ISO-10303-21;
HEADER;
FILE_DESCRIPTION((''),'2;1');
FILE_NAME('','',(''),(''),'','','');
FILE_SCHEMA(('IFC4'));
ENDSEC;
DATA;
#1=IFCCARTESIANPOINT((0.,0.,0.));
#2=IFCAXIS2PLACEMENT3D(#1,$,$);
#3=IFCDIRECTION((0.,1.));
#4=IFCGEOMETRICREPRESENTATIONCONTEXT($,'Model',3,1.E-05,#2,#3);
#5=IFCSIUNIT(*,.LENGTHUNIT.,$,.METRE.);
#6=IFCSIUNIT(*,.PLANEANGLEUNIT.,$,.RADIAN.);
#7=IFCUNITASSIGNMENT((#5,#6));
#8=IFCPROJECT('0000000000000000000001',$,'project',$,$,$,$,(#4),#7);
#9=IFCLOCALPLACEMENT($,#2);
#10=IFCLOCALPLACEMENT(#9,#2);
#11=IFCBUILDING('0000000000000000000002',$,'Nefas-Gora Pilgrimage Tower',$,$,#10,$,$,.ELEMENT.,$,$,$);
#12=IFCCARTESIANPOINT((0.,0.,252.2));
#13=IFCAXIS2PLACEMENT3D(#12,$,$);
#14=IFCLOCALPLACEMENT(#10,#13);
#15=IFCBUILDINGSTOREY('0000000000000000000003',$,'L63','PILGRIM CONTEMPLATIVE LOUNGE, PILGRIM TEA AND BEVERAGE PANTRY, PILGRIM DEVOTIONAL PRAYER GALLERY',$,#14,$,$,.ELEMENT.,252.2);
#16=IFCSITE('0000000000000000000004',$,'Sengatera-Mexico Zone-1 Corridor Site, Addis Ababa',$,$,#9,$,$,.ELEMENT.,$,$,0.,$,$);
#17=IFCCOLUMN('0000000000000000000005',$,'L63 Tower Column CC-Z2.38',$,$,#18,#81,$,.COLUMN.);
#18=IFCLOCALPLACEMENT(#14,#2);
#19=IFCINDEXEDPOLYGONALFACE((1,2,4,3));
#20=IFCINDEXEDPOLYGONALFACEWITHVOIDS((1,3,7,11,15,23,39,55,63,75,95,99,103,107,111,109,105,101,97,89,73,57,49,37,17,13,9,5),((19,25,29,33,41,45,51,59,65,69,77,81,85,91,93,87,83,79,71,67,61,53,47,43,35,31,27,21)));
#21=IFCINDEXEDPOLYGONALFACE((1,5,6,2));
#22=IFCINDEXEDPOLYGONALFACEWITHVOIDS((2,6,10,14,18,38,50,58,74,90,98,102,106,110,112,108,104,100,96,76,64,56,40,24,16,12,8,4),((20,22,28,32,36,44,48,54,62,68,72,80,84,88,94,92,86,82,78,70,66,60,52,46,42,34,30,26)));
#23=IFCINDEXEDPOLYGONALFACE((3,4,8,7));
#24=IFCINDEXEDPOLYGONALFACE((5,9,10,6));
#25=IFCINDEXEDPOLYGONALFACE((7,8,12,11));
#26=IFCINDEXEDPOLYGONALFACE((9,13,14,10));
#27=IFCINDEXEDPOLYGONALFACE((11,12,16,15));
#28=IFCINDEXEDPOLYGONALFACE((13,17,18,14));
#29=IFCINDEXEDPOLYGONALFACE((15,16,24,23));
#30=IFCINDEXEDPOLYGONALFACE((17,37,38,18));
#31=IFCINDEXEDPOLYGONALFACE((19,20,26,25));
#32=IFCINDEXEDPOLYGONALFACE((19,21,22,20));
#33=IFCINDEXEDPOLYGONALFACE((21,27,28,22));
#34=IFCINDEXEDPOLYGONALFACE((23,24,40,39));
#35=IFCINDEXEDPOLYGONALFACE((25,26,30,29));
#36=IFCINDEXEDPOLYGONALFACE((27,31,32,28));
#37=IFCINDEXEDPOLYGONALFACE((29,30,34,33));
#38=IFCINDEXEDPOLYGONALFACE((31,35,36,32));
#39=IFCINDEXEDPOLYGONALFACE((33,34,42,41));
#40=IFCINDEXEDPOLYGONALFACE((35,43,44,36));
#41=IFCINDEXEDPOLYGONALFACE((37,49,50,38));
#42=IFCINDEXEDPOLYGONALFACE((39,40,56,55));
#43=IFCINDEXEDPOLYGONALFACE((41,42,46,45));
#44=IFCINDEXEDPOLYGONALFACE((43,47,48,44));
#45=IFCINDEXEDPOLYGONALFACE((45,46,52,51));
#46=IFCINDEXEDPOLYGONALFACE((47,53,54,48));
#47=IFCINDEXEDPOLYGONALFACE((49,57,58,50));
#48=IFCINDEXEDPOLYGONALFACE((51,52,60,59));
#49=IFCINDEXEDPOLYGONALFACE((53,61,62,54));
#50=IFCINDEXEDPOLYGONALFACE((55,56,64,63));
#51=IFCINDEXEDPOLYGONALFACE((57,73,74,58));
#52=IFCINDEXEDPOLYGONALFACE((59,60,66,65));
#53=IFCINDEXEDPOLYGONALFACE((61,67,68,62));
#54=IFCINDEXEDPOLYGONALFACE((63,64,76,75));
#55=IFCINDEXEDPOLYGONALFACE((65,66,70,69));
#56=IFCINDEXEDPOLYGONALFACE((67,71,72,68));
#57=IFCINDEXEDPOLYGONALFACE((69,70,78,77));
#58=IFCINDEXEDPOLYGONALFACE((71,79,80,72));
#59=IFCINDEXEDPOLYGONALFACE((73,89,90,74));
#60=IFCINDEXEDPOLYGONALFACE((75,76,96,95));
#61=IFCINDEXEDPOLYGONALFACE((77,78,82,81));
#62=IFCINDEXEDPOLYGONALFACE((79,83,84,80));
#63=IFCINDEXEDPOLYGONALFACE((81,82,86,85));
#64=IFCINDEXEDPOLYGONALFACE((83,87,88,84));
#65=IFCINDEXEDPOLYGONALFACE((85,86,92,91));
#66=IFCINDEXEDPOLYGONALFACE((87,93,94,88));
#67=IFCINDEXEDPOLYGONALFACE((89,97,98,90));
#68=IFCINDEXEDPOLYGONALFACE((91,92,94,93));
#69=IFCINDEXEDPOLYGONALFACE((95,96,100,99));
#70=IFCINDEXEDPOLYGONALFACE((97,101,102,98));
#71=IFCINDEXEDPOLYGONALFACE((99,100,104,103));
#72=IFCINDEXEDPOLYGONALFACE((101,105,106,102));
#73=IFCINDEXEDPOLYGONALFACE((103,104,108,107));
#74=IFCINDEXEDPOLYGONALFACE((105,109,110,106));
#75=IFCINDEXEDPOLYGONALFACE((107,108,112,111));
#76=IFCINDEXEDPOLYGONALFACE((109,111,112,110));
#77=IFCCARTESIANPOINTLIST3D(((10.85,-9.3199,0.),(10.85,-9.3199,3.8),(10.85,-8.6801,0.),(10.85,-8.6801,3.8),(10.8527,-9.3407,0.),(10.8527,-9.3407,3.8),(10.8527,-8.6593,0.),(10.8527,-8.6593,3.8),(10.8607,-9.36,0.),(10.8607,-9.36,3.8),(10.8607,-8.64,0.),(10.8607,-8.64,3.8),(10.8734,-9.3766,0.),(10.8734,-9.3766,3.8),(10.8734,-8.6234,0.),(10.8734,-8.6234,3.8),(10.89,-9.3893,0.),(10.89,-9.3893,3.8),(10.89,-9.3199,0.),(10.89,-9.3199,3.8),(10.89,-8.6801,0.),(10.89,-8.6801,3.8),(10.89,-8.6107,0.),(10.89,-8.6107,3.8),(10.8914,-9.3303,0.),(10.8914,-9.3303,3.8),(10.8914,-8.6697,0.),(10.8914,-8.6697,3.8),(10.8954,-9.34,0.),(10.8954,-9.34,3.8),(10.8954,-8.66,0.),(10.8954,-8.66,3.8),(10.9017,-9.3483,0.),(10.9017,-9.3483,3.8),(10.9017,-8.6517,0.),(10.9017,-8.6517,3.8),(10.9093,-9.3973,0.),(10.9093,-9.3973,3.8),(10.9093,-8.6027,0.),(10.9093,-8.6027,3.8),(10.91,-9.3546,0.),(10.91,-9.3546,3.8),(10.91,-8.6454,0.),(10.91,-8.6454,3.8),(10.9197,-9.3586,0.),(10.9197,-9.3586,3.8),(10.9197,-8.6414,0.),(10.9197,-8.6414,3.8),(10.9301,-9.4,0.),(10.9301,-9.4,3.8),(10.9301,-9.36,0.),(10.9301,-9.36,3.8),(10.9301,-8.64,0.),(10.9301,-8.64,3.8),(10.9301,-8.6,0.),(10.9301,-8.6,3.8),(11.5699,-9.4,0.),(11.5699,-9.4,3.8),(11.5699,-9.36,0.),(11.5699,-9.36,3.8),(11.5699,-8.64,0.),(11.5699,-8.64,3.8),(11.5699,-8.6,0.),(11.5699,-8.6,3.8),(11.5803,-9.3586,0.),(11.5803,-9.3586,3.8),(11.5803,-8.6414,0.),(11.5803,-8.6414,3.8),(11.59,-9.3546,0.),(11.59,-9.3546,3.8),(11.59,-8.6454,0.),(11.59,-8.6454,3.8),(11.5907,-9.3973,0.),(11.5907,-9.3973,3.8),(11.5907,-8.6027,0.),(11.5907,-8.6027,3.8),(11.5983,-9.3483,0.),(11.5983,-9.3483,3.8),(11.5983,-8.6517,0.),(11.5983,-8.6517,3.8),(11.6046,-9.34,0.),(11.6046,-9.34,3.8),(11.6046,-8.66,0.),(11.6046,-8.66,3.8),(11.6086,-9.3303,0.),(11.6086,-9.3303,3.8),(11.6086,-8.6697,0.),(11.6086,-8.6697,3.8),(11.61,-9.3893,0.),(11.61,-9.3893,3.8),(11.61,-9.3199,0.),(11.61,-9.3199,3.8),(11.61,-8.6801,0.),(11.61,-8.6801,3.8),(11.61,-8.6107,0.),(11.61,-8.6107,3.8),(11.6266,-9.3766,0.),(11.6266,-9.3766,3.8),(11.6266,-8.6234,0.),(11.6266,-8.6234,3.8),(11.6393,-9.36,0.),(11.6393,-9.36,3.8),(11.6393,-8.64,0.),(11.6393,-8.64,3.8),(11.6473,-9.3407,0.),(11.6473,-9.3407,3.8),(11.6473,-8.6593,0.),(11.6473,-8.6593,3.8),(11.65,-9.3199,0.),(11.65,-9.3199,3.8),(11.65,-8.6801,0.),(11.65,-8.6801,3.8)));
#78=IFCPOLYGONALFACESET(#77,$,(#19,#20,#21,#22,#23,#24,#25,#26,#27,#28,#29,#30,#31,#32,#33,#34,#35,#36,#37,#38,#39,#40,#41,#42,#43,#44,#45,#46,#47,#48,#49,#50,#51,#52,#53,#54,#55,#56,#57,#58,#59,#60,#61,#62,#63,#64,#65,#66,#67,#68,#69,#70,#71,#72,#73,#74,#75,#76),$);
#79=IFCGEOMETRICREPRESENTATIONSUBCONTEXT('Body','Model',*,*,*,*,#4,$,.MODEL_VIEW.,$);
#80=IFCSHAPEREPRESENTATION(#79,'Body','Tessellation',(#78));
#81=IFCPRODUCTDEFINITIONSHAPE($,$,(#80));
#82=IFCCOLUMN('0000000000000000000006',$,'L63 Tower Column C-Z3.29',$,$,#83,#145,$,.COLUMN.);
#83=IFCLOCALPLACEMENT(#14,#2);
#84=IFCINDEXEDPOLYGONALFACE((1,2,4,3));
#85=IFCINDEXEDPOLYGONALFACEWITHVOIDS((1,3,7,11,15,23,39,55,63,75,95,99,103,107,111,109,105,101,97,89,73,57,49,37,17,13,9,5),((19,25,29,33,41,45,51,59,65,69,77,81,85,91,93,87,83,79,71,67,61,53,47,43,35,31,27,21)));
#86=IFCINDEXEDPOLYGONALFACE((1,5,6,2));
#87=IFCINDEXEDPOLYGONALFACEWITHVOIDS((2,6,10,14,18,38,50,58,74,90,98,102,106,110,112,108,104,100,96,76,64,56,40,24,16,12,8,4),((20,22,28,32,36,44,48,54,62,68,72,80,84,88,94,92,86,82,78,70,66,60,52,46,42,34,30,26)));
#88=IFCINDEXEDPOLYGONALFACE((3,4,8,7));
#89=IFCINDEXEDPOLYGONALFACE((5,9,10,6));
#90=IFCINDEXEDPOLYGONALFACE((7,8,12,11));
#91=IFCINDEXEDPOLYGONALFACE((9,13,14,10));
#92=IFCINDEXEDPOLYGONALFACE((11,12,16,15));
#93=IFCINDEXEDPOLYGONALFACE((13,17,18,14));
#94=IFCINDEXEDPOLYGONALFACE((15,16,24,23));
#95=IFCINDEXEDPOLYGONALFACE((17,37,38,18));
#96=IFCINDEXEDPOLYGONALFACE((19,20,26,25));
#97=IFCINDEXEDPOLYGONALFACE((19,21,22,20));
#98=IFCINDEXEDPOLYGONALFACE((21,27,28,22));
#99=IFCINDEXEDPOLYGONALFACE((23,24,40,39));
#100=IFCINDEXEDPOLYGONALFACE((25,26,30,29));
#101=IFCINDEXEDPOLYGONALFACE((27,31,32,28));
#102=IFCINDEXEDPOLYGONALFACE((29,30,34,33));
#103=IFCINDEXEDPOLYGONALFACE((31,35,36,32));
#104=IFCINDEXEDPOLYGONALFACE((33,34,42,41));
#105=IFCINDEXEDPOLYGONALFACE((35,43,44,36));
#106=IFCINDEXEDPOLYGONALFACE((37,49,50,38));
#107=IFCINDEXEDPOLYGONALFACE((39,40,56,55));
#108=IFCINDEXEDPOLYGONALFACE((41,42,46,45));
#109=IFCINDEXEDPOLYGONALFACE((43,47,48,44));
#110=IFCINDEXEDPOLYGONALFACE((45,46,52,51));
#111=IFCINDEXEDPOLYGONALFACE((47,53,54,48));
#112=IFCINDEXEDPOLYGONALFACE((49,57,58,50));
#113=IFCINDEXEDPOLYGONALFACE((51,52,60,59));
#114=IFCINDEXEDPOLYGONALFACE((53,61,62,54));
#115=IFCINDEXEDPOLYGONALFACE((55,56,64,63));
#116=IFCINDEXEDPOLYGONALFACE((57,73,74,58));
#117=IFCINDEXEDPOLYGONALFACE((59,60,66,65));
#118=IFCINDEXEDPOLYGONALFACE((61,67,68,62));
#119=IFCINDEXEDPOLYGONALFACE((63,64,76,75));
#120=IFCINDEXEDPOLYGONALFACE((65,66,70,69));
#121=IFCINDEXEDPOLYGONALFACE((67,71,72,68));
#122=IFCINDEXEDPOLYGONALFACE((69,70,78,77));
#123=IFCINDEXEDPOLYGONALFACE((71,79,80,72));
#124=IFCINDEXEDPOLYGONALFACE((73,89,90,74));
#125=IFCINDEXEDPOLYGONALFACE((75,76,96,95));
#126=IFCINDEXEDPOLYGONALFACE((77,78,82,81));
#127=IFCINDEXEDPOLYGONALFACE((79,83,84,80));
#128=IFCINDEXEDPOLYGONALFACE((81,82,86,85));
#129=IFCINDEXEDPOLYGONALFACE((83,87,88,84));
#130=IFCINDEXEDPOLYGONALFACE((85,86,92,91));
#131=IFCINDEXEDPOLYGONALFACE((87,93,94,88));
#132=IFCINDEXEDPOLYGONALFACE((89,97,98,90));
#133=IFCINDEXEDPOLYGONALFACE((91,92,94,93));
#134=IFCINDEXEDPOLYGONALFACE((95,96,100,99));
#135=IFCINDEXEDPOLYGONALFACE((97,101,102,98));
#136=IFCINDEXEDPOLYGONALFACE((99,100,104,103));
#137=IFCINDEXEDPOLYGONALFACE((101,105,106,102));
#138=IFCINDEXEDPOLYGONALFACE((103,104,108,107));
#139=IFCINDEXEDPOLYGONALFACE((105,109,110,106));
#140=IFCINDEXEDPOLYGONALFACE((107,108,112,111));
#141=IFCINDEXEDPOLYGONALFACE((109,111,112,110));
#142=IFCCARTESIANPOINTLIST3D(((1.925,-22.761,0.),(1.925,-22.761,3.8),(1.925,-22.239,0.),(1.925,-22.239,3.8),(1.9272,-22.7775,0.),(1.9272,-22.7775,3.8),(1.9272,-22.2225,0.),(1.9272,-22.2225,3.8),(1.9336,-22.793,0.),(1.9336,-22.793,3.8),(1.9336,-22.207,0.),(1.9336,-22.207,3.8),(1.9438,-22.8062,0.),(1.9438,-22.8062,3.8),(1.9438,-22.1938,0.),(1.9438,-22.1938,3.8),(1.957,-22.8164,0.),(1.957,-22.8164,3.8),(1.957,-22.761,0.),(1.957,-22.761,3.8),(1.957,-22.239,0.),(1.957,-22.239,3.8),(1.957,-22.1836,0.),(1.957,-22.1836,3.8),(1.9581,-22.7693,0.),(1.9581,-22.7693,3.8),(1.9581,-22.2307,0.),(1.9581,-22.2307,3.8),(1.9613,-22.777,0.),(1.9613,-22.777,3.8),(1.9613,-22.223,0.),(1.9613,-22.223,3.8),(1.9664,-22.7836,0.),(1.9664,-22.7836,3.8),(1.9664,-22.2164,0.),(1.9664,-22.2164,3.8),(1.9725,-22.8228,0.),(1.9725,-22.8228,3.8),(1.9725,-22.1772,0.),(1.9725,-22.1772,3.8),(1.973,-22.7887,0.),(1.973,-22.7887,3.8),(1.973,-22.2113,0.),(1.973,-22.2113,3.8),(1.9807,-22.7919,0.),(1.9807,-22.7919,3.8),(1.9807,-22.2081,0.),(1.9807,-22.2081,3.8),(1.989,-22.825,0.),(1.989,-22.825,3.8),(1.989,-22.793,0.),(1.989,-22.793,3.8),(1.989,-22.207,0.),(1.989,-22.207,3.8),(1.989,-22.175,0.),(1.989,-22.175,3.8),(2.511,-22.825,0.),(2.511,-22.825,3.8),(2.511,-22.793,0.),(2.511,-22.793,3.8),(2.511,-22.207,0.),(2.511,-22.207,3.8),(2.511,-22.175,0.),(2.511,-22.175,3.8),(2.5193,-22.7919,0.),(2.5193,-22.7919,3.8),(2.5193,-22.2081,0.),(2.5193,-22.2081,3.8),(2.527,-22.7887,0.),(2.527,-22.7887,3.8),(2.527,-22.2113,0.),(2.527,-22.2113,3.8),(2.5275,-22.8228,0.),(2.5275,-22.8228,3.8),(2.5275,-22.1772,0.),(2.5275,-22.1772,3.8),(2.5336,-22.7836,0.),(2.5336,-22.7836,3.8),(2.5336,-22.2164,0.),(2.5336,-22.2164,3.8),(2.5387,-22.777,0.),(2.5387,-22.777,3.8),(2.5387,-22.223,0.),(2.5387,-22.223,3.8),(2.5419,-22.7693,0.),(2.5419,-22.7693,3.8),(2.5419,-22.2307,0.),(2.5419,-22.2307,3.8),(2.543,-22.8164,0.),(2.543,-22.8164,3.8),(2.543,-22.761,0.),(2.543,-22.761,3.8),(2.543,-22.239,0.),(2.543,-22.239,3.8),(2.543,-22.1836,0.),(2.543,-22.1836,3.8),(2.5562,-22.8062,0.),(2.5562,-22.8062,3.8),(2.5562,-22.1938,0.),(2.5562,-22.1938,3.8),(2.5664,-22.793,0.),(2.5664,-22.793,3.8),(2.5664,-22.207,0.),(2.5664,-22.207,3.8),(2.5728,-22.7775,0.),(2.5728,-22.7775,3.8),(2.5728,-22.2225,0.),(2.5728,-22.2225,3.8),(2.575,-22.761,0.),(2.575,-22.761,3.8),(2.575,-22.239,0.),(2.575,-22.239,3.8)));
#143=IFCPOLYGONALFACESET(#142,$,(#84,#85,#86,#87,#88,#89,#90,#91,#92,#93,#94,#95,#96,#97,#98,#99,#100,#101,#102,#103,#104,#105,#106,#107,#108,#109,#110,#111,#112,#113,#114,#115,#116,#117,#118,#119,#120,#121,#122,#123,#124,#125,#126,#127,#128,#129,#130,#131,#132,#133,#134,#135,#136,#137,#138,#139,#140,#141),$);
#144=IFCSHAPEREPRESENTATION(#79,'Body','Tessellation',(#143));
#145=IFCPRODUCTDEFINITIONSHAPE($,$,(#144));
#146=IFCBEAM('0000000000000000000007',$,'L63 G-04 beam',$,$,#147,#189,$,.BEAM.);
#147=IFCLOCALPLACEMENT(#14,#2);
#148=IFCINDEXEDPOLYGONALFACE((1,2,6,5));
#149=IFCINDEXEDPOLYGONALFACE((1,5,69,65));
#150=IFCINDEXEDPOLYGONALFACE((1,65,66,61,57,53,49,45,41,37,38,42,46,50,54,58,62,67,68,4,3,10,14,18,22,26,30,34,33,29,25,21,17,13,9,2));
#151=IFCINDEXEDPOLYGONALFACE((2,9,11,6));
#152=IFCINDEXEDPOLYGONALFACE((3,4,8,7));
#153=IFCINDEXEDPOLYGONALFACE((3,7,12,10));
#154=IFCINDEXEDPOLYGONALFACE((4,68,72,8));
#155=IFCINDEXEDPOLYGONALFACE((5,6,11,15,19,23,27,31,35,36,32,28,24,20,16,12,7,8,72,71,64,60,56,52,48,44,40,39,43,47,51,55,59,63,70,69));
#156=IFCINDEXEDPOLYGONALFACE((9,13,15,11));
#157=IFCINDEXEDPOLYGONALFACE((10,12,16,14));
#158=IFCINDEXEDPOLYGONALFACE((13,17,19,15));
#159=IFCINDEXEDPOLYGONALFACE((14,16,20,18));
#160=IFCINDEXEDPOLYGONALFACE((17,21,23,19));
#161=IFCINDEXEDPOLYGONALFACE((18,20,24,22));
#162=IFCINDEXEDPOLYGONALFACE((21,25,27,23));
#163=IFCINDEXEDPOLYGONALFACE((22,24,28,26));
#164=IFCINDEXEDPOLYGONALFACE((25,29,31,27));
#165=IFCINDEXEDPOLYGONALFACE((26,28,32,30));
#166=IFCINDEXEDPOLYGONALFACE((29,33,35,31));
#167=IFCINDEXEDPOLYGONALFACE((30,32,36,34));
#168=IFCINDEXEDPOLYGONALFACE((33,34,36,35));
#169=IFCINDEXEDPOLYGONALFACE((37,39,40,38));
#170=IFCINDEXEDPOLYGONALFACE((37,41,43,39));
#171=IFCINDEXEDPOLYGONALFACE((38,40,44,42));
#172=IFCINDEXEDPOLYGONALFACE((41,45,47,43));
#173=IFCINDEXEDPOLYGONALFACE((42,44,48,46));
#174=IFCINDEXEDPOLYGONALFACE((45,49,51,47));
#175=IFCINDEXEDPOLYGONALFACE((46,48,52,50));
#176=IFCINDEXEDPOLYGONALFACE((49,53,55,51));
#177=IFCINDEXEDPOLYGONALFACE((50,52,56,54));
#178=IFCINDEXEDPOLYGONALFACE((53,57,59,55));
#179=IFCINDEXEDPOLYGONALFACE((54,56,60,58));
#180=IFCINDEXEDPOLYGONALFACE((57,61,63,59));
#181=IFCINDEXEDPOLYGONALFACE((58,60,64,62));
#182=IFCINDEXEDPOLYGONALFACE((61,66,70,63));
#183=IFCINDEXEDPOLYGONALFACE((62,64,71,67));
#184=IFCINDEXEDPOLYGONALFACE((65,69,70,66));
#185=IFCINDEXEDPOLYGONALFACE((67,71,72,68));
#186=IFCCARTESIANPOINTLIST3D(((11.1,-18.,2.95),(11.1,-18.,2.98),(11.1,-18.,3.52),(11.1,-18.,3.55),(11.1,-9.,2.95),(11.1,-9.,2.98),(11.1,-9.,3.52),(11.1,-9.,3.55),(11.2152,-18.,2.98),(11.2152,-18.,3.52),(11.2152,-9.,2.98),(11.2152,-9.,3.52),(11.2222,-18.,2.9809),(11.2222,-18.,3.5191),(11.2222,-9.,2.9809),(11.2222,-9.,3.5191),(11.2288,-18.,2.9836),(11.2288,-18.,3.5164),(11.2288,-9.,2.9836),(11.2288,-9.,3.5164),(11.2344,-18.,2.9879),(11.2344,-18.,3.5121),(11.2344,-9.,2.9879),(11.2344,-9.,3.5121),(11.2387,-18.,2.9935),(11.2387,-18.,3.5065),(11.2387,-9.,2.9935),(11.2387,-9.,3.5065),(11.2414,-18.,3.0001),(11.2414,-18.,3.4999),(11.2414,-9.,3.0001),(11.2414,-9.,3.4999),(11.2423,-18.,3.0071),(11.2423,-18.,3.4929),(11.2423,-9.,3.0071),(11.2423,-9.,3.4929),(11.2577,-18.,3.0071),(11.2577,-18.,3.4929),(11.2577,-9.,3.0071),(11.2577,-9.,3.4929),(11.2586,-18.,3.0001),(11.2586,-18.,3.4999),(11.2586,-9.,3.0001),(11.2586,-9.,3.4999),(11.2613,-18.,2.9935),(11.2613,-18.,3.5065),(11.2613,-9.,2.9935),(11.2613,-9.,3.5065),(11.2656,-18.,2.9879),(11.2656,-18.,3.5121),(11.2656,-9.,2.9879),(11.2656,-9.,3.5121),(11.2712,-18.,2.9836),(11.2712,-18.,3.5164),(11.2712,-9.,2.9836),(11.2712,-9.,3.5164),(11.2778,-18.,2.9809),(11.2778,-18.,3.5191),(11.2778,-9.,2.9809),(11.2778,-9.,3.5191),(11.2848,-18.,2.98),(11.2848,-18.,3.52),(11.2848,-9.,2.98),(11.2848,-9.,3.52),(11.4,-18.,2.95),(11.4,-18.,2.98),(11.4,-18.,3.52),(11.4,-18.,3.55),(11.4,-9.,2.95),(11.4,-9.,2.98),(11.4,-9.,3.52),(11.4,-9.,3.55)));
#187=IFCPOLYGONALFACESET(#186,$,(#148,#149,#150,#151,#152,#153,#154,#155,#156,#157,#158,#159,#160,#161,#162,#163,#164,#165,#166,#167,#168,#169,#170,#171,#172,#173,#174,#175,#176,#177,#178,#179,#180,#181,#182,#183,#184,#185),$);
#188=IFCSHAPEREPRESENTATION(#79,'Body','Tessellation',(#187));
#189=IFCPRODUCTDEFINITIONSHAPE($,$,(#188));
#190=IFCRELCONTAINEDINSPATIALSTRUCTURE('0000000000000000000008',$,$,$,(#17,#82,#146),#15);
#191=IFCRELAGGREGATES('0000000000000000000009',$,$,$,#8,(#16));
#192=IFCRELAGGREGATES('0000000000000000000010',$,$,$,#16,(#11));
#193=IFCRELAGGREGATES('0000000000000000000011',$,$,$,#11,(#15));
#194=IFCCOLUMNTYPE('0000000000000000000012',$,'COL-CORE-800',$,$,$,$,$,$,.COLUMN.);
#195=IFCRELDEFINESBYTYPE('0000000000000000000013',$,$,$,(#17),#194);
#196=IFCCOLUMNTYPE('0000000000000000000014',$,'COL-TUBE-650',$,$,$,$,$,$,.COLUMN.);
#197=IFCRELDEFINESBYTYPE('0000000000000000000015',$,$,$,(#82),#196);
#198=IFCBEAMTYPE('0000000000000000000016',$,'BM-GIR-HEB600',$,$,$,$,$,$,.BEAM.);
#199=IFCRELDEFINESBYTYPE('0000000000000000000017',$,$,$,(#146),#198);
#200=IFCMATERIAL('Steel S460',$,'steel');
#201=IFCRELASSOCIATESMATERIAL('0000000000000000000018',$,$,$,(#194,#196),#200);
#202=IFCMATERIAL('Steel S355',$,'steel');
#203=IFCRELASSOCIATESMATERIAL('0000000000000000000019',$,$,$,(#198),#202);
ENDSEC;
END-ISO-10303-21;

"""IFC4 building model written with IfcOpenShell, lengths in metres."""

from ifc_helpers import new_model, si_unit, direction, frame, origin, origin_2d, place, context, subcontext, project, spatial, hollow_rectangle, i_section, extrude, source, transform, mapped, material, material_profile, profile_set, type_object, element, save


model = new_model("IFC4")

# Units and contexts
model_context = context("Model", 3, precision=1e-05, world=origin(), true_north=direction((0.0, 1.0)))
body_context = subcontext(model_context, "Body", "Model", "MODEL_VIEW")
ifc_project = project(units=[si_unit("LENGTHUNIT", "METRE"), si_unit("PLANEANGLEUNIT", "RADIAN")], contexts=[model_context])

# Site, building, storey
site_placement = place(None, origin())
site = spatial("IfcSite", under=ifc_project, at=site_placement, Name="Sengatera-Mexico Zone-1 Corridor Site, Addis Ababa", CompositionType="ELEMENT", RefElevation=0.0)
building_placement = place(site_placement, origin())
building = spatial("IfcBuilding", under=site, at=building_placement, Name="Nefas-Gora Pilgrimage Tower", CompositionType="ELEMENT")
storey_placement = place(building_placement, frame((0.0, 0.0, 252.2)))
storey = spatial("IfcBuildingStorey", under=building, at=storey_placement, Name="L63", Description="PILGRIM CONTEMPLATIVE LOUNGE, PILGRIM TEA AND BEVERAGE PANTRY, PILGRIM DEVOTIONAL PRAYER GALLERY", CompositionType="ELEMENT", Elevation=252.2)

# Columns
ifc_material_1 = material(Name="Steel S460", Category="steel")
ifc_material_profile_1 = material_profile(ifc_material_1, hollow_rectangle(XDim=0.8, YDim=0.8, WallThickness=0.04, InnerFilletRadius=0.04, OuterFilletRadius=0.0801, at=origin_2d()), Name="BOX 800x800x40")
ifc_profile_set_1 = profile_set([ifc_material_profile_1], Name="Steel S460")
column_type_1 = type_object("IfcColumnType", Name="COL-CORE-800", PredefinedType="COLUMN", material=ifc_profile_set_1)
shared_shape_1 = source(origin(), body_context, "Body", "SweptSolid", [
    extrude(hollow_rectangle(XDim=0.8, YDim=0.8, WallThickness=0.04, InnerFilletRadius=0.04, OuterFilletRadius=0.0801, at=origin_2d()), origin(), (0.0, 0.0, 1.0), 3.8),
])
column_1_placement = place(storey_placement, frame((11.25, -9.0, 0.0), z_axis=(0.0, 0.0, 1.0), x_axis=(1.0, 0.0, 0.0)))
element("IfcColumn", 1, at=column_1_placement, inside=storey, type_object=column_type_1, Name="L63 Tower Column CC-Z2.38", PredefinedType="COLUMN", context=body_context, shape_type="MappedRepresentation", body=[
    mapped(shared_shape_1, transform((0.0, 0.0, 0.0), x_axis=(1.0, 0.0, 0.0), y_axis=(0.0, 1.0, 0.0), z_axis=(0.0, 0.0, 1.0), scale=1.0)),
])
ifc_material_profile_2 = material_profile(ifc_material_1, hollow_rectangle(XDim=0.6499, YDim=0.6499, WallThickness=0.032, InnerFilletRadius=0.032, OuterFilletRadius=0.064, at=origin_2d()), Name="BOX 650x650x32")
ifc_profile_set_2 = profile_set([ifc_material_profile_2], Name="Steel S460")
column_type_2 = type_object("IfcColumnType", Name="COL-TUBE-650", PredefinedType="COLUMN", material=ifc_profile_set_2)
shared_shape_2 = source(origin(), body_context, "Body", "SweptSolid", [
    extrude(hollow_rectangle(XDim=0.6499, YDim=0.6499, WallThickness=0.032, InnerFilletRadius=0.032, OuterFilletRadius=0.064, at=origin_2d()), origin(), (0.0, 0.0, 1.0), 3.8),
])
column_2_placement = place(storey_placement, frame((2.25, -22.5, 0.0), z_axis=(0.0, 0.0, 1.0), x_axis=(1.0, 0.0, 0.0)))
element("IfcColumn", 2, at=column_2_placement, inside=storey, type_object=column_type_2, Name="L63 Tower Column C-Z3.29", PredefinedType="COLUMN", context=body_context, shape_type="MappedRepresentation", body=[
    mapped(shared_shape_2, transform((0.0, 0.0, 0.0), x_axis=(1.0, 0.0, 0.0), y_axis=(0.0, 1.0, 0.0), z_axis=(0.0, 0.0, 1.0), scale=1.0)),
])

# Beam
ifc_material_2 = material(Name="Steel S355", Category="steel")
ifc_material_profile_3 = material_profile(ifc_material_2, i_section(OverallWidth=0.3, OverallDepth=0.6001, WebThickness=0.0154, FlangeThickness=0.03, FilletRadius=0.0271, at=origin_2d()), Name="HEB 600")
ifc_profile_set_3 = profile_set([ifc_material_profile_3], Name="Steel S355")
beam_type = type_object("IfcBeamType", Name="BM-GIR-HEB600", PredefinedType="BEAM", material=ifc_profile_set_3)
shared_shape_3 = source(origin(), body_context, "Body", "SweptSolid", [
    extrude(i_section(OverallWidth=0.3, OverallDepth=0.6001, WebThickness=0.0154, FlangeThickness=0.03, FilletRadius=0.0271, at=origin_2d()), origin(), (0.0, 0.0, 1.0), 9.0),
])
beam_placement = place(storey_placement, frame((11.25, -18.0, 3.25), z_axis=(0.0, 1.0, 0.0), x_axis=(-1.0, 0.0, 0.0)))
element("IfcBeam", 3, at=beam_placement, inside=storey, type_object=beam_type, Name="L63 G-04 beam", PredefinedType="BEAM", context=body_context, shape_type="MappedRepresentation", body=[
    mapped(shared_shape_3, transform((0.0, 0.0, 0.0), x_axis=(1.0, 0.0, 0.0), y_axis=(0.0, 1.0, 0.0), z_axis=(0.0, 0.0, 1.0), scale=1.0)),
])

save(model, "model.ifc")
